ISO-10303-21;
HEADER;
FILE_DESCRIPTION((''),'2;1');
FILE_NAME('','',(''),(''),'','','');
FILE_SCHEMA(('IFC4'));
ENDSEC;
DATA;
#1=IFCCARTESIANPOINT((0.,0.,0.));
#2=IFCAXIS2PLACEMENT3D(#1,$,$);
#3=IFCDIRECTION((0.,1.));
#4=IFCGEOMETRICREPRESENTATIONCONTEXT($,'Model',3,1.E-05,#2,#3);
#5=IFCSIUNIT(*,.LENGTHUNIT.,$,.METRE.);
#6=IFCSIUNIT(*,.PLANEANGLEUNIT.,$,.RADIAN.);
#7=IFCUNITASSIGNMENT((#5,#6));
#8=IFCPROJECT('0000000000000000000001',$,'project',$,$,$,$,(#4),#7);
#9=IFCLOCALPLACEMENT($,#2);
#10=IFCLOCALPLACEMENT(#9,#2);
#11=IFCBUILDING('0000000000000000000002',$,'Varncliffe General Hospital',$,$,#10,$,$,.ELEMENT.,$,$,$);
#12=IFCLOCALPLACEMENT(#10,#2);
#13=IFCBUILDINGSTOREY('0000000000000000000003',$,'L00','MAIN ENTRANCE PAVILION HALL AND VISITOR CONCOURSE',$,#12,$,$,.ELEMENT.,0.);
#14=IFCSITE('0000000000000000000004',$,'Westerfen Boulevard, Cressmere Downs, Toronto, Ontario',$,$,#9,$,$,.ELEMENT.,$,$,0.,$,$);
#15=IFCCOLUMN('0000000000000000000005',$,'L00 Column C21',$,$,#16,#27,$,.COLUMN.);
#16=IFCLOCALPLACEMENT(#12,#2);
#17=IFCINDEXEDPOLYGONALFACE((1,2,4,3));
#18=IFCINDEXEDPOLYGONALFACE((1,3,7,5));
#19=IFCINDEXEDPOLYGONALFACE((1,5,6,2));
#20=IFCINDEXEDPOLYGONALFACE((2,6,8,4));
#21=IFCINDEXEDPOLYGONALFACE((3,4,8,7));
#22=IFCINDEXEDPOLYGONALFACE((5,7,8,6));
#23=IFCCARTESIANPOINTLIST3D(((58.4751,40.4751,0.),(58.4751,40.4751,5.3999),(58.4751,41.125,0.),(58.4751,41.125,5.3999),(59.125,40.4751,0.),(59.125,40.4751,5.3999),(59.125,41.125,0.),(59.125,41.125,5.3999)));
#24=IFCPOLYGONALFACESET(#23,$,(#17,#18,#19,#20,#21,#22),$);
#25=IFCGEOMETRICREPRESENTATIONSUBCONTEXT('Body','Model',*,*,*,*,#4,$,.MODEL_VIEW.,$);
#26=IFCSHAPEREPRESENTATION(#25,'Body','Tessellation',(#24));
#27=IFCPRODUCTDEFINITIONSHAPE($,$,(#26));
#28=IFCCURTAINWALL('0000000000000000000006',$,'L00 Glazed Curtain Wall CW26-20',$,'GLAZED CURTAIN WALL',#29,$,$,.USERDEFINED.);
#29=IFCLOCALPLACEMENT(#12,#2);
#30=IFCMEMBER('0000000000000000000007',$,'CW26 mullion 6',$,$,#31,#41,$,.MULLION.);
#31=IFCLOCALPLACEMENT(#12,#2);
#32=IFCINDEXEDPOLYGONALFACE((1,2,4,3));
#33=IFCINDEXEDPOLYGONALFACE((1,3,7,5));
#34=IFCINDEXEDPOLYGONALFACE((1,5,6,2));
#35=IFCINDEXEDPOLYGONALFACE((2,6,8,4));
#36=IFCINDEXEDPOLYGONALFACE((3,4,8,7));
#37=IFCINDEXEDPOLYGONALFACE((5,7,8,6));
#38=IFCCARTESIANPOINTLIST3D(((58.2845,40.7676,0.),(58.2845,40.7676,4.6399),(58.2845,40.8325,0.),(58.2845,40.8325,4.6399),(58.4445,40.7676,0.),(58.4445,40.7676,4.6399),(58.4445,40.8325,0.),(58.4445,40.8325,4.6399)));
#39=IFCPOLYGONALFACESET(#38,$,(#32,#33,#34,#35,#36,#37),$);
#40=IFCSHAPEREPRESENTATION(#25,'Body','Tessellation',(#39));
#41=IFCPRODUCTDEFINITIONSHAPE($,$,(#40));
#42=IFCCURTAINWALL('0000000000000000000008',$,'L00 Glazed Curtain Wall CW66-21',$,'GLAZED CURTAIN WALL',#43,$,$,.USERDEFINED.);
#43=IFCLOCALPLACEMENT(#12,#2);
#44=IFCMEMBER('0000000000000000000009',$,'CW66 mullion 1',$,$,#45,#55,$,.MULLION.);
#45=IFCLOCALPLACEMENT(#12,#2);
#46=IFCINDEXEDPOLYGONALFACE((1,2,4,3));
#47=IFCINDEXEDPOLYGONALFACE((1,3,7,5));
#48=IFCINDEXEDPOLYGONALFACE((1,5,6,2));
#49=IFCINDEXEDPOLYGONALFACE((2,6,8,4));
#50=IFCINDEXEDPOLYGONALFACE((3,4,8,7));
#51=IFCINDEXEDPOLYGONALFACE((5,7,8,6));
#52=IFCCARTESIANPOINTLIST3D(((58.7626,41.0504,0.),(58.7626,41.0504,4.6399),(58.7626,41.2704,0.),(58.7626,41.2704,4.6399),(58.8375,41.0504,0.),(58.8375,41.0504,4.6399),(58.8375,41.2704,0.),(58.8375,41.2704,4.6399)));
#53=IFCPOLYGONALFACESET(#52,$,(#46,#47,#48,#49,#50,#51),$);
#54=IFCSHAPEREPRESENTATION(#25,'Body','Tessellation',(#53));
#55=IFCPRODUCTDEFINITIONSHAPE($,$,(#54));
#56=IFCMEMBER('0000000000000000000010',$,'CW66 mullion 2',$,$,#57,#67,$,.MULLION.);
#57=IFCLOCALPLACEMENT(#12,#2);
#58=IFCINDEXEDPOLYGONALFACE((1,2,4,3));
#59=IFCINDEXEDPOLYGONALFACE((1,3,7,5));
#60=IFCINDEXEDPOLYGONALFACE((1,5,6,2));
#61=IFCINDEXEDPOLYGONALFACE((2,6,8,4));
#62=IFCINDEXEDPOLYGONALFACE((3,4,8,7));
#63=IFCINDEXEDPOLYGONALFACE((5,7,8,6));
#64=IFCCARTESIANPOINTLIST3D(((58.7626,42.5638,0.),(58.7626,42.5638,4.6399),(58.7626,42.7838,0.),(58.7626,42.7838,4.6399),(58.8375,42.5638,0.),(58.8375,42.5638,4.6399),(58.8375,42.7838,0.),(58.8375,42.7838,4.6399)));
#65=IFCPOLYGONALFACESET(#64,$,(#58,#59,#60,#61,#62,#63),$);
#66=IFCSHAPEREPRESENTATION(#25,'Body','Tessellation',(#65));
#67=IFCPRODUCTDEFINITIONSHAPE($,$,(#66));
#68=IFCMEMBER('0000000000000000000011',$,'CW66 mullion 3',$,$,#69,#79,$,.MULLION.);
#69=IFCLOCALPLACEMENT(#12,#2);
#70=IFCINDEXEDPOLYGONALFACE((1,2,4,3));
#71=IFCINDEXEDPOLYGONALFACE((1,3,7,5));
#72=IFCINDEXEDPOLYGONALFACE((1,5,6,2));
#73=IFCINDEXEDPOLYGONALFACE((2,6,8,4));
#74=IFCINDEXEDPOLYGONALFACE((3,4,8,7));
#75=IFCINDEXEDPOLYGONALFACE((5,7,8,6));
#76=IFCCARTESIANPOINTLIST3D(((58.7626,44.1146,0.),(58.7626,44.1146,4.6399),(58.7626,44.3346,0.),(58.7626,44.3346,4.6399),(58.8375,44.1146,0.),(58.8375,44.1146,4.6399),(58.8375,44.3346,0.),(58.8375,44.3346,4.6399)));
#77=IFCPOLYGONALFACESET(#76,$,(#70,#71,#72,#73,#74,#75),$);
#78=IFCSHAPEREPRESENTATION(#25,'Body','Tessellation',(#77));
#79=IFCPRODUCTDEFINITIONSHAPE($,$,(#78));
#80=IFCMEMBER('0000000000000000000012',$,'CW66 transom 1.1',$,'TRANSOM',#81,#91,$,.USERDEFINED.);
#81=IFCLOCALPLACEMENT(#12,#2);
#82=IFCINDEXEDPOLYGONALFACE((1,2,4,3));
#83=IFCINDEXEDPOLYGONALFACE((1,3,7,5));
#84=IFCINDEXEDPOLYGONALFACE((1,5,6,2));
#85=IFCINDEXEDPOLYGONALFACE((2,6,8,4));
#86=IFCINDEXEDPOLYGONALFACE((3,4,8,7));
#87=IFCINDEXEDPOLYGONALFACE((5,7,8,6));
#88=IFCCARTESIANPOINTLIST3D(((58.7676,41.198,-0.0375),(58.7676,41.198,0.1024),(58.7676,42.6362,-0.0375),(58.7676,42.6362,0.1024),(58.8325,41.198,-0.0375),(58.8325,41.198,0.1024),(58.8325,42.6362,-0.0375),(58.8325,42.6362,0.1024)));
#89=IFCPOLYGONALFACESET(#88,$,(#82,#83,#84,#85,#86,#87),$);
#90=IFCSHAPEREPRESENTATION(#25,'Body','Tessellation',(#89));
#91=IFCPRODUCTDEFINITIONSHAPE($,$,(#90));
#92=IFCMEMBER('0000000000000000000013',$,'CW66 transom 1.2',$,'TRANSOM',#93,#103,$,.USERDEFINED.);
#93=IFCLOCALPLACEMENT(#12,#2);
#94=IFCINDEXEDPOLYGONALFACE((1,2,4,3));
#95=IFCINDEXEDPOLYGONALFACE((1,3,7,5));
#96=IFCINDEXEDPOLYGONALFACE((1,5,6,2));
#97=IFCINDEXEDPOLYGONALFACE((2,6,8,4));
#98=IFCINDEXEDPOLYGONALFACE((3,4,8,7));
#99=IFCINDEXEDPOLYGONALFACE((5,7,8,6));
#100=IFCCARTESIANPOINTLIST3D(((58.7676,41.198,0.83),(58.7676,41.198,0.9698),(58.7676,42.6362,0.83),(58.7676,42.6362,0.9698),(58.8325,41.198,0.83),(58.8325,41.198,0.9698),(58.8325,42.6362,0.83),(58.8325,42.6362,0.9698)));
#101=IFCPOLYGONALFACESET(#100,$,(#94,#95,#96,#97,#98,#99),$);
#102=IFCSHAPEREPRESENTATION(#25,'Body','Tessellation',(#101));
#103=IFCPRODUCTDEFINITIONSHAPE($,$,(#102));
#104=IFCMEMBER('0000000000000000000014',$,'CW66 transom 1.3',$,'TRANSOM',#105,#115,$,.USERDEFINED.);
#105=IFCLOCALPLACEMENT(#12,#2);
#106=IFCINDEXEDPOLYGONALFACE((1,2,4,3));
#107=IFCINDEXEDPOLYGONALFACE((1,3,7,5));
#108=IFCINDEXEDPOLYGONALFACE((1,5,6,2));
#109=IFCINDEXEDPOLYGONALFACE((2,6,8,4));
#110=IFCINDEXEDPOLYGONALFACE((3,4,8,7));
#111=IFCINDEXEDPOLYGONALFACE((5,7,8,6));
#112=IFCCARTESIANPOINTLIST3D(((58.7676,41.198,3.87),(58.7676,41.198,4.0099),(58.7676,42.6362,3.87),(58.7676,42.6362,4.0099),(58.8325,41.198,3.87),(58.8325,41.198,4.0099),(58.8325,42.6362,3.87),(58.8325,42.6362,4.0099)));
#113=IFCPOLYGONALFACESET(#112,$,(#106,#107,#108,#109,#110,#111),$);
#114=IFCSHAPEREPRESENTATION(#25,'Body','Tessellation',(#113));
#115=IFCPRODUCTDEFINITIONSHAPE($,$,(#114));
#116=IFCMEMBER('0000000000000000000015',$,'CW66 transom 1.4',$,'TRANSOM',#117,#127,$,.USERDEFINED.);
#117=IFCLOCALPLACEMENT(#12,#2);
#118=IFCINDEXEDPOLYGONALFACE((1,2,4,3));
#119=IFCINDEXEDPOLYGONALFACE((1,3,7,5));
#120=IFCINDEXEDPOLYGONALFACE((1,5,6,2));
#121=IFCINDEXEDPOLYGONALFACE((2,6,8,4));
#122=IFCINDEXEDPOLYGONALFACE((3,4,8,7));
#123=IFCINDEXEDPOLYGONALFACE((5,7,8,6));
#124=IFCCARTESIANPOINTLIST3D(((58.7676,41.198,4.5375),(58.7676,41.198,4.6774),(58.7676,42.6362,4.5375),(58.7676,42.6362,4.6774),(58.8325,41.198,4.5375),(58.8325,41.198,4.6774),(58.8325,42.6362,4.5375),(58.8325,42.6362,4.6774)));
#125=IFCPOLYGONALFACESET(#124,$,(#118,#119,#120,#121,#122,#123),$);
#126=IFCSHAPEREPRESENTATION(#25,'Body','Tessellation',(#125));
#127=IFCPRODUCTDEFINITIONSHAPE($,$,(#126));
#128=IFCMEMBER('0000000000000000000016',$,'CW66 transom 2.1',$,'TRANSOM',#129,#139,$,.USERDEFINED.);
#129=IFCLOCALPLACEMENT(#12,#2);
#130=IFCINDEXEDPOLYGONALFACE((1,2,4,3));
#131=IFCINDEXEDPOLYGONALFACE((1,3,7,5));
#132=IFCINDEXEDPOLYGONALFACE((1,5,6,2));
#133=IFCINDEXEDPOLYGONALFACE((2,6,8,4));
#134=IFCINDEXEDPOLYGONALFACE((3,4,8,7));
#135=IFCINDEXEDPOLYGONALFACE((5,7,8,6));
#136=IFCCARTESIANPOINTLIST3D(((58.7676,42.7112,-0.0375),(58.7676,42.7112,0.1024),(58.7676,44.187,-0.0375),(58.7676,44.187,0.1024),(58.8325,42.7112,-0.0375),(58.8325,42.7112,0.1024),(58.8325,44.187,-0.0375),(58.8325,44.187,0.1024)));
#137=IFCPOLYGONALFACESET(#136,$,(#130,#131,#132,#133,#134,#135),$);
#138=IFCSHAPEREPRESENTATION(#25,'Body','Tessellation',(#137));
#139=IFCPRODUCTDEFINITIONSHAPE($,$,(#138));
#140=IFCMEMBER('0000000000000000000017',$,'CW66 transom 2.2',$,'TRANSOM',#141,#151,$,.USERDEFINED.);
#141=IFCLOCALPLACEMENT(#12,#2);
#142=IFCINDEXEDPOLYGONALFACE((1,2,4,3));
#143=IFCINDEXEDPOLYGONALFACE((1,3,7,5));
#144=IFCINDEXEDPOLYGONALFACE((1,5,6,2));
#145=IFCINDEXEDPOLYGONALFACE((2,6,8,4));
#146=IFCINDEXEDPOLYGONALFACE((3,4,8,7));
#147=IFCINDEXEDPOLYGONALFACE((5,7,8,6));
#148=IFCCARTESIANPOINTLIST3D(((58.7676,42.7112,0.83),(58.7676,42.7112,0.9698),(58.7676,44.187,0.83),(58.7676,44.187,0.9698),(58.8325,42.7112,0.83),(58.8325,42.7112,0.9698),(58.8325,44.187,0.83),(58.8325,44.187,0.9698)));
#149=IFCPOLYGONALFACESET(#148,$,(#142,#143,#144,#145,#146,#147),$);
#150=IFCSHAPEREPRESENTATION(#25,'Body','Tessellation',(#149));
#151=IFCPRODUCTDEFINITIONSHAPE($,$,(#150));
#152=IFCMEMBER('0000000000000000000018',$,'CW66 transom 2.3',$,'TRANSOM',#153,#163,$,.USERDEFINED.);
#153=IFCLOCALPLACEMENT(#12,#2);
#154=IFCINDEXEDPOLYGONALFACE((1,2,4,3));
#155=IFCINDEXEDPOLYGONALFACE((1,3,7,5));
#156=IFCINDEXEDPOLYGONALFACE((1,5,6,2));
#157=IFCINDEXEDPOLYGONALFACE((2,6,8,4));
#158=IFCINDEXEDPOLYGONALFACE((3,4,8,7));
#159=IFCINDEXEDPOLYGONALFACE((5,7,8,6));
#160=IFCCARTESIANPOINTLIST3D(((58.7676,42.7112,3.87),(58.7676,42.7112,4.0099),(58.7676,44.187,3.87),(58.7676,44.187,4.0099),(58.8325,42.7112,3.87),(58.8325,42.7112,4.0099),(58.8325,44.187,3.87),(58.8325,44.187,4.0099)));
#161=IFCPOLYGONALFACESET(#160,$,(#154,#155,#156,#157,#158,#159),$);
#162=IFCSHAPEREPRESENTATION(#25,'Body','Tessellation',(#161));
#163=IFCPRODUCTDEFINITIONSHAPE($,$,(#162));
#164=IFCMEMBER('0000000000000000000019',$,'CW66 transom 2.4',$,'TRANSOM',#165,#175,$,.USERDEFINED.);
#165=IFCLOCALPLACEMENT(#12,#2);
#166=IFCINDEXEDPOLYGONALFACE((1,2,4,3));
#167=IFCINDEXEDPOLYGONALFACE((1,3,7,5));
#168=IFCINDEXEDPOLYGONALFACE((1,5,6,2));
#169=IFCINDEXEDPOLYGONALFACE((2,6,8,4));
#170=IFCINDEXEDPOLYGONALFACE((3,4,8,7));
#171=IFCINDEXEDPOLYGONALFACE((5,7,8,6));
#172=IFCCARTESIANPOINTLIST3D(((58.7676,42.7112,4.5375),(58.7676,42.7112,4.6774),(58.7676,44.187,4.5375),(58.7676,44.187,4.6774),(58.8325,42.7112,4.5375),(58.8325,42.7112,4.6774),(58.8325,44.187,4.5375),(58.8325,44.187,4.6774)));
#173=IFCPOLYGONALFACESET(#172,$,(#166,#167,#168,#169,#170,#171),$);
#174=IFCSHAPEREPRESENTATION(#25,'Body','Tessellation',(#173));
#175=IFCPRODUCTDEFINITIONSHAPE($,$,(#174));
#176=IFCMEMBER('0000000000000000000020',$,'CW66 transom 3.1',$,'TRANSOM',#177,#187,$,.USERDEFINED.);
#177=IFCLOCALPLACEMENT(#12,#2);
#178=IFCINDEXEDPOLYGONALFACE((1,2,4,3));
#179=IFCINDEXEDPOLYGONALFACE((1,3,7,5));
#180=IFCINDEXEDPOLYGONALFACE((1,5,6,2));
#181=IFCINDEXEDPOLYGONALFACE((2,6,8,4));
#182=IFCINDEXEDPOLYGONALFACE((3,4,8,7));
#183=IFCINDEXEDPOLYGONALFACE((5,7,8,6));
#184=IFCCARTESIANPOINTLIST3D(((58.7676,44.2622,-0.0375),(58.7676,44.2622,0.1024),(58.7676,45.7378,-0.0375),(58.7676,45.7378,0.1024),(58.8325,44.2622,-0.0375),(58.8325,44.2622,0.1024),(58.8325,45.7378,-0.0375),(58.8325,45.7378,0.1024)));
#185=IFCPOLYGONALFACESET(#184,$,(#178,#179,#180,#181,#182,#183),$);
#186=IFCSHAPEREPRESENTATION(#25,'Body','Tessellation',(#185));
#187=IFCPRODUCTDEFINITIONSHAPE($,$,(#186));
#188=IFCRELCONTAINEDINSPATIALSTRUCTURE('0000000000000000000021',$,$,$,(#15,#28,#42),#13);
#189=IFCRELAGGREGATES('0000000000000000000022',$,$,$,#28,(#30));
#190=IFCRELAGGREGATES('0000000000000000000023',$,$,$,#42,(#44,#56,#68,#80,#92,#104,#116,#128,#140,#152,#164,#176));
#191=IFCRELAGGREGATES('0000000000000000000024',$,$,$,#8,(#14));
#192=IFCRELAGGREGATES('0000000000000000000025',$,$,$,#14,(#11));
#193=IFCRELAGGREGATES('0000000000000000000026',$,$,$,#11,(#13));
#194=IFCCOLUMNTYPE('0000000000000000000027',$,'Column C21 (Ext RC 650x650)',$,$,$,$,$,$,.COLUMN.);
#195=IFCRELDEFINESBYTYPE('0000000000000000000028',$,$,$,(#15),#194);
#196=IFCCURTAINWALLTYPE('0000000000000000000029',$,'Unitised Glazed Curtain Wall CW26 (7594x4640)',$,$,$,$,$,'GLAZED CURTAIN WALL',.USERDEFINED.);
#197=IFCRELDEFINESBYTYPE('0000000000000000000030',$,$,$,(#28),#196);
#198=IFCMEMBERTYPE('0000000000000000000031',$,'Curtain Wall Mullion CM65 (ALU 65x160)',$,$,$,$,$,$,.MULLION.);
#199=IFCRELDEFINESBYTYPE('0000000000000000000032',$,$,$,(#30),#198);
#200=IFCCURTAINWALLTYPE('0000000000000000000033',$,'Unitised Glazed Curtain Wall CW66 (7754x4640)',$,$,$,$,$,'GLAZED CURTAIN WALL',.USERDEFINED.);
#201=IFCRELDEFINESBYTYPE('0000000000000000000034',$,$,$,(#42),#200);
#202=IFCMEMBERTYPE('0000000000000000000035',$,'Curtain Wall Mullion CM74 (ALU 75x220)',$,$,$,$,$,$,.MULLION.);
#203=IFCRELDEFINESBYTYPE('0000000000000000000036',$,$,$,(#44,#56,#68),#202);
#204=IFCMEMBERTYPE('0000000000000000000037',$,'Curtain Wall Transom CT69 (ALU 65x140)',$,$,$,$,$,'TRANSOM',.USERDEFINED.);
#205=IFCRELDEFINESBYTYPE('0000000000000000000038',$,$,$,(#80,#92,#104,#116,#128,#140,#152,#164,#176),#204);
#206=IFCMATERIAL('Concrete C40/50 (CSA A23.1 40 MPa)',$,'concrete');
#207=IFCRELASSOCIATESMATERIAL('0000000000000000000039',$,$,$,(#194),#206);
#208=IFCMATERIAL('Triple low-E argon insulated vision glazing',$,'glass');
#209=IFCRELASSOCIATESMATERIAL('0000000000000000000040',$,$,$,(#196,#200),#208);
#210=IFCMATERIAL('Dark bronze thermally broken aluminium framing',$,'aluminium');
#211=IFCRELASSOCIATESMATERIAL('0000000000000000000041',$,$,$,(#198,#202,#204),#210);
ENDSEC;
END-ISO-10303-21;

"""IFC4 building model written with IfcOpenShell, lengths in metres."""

from ifc_helpers import new_model, si_unit, direction, frame, origin, origin_2d, place, context, subcontext, project, spatial, rectangle, extrude, material, material_profile, profile_set, type_object, element, aggregate, save


model = new_model("IFC4")

# Units and contexts
model_context = context("Model", 3, precision=1e-05, world=origin(), true_north=direction((0.0, 1.0)))
body_context = subcontext(model_context, "Body", "Model", "MODEL_VIEW")
ifc_project = project(units=[si_unit("LENGTHUNIT", "METRE"), si_unit("PLANEANGLEUNIT", "RADIAN")], contexts=[model_context])

# Site, building, storey
site_placement = place(None, origin())
site = spatial("IfcSite", under=ifc_project, at=site_placement, Name="Westerfen Boulevard, Cressmere Downs, Toronto, Ontario", CompositionType="ELEMENT", RefElevation=0.0)
building_placement = place(site_placement, origin())
building = spatial("IfcBuilding", under=site, at=building_placement, Name="Varncliffe General Hospital", CompositionType="ELEMENT")
storey_placement = place(building_placement, origin())
storey = spatial("IfcBuildingStorey", under=building, at=storey_placement, Name="L00", Description="MAIN ENTRANCE PAVILION HALL AND VISITOR CONCOURSE", CompositionType="ELEMENT", Elevation=0.0)

# Column
ifc_material_1 = material(Name="Concrete C40/50 (CSA A23.1 40 MPa)", Category="concrete")
ifc_material_profile_1 = material_profile(ifc_material_1, rectangle(XDim=0.6499, YDim=0.6499, at=origin_2d()), Name="RC 650x650")
ifc_profile_set_1 = profile_set([ifc_material_profile_1], Name="Concrete C40/50 (CSA A23.1 40 MPa)")
column_type = type_object("IfcColumnType", Name="Column C21 (Ext RC 650x650)", PredefinedType="COLUMN", material=ifc_profile_set_1)
column_placement = place(storey_placement, frame((58.8, 40.8, 0.0), z_axis=(0.0, 0.0, 1.0), x_axis=(1.0, 0.0, 0.0)))
element("IfcColumn", 1, at=column_placement, inside=storey, type_object=column_type, Name="L00 Column C21", PredefinedType="COLUMN", context=body_context, shape_type="SweptSolid", body=[
    extrude(rectangle(XDim=0.6499, YDim=0.6499, at=origin_2d()), origin(), (0.0, 0.0, 1.0), 5.3999),
])

# Curtain wall, member
ifc_material_2 = material(Name="Triple low-E argon insulated vision glazing", Category="glass")
curtain_wall_type_1 = type_object("IfcCurtainWallType", Name="Unitised Glazed Curtain Wall CW26 (7594x4640)", ElementType="GLAZED CURTAIN WALL", PredefinedType="USERDEFINED", material=ifc_material_2)
curtain_wall_1_placement = place(storey_placement, origin())
curtain_wall_1 = element("IfcCurtainWall", 2, at=curtain_wall_1_placement, inside=storey, type_object=curtain_wall_type_1, Name="L00 Glazed Curtain Wall CW26-20", ObjectType="GLAZED CURTAIN WALL", PredefinedType="USERDEFINED")
ifc_material_3 = material(Name="Dark bronze thermally broken aluminium framing", Category="aluminium")
ifc_material_profile_2 = material_profile(ifc_material_3, rectangle(XDim=0.0649, YDim=0.1599, at=origin_2d()), Name="ALU 65x160")
ifc_profile_set_2 = profile_set([ifc_material_profile_2], Name="Dark bronze thermally broken aluminium framing")
member_type_1 = type_object("IfcMemberType", Name="Curtain Wall Mullion CM65 (ALU 65x160)", PredefinedType="MULLION", material=ifc_profile_set_2)
member_1_placement = place(storey_placement, frame((58.3645, 40.8, 0.0), z_axis=(0.0, 0.0, 1.0), x_axis=(0.0, 1.0, 0.0)))
member_1 = element("IfcMember", 3, at=member_1_placement, type_object=member_type_1, Name="CW26 mullion 6", PredefinedType="MULLION", context=body_context, shape_type="SweptSolid", body=[
    extrude(rectangle(XDim=0.0649, YDim=0.1599, at=origin_2d()), origin(), (0.0, 0.0, 1.0), 4.6399),
])

# Curtain wall, members
curtain_wall_type_2 = type_object("IfcCurtainWallType", Name="Unitised Glazed Curtain Wall CW66 (7754x4640)", ElementType="GLAZED CURTAIN WALL", PredefinedType="USERDEFINED", material=ifc_material_2)
curtain_wall_2_placement = place(storey_placement, origin())
curtain_wall_2 = element("IfcCurtainWall", 4, at=curtain_wall_2_placement, inside=storey, type_object=curtain_wall_type_2, Name="L00 Glazed Curtain Wall CW66-21", ObjectType="GLAZED CURTAIN WALL", PredefinedType="USERDEFINED")
ifc_material_profile_3 = material_profile(ifc_material_3, rectangle(XDim=0.075, YDim=0.22, at=origin_2d()), Name="ALU 75x220")
ifc_profile_set_3 = profile_set([ifc_material_profile_3], Name="Dark bronze thermally broken aluminium framing")
member_type_2 = type_object("IfcMemberType", Name="Curtain Wall Mullion CM74 (ALU 75x220)", PredefinedType="MULLION", material=ifc_profile_set_3)
member_2_placement = place(storey_placement, frame((58.8, 41.1604, 0.0), z_axis=(0.0, 0.0, 1.0), x_axis=(-1.0, 0.0, 0.0)))
member_2 = element("IfcMember", 5, at=member_2_placement, type_object=member_type_2, Name="CW66 mullion 1", PredefinedType="MULLION", context=body_context, shape_type="SweptSolid", body=[
    extrude(rectangle(XDim=0.075, YDim=0.22, at=origin_2d()), origin(), (0.0, 0.0, 1.0), 4.6399),
])
member_3_placement = place(storey_placement, frame((58.8, 42.6738, 0.0), z_axis=(0.0, 0.0, 1.0), x_axis=(-1.0, 0.0, 0.0)))
member_3 = element("IfcMember", 6, at=member_3_placement, type_object=member_type_2, Name="CW66 mullion 2", PredefinedType="MULLION", context=body_context, shape_type="SweptSolid", body=[
    extrude(rectangle(XDim=0.075, YDim=0.22, at=origin_2d()), origin(), (0.0, 0.0, 1.0), 4.6399),
])
member_4_placement = place(storey_placement, frame((58.8, 44.2246, 0.0), z_axis=(0.0, 0.0, 1.0), x_axis=(-1.0, 0.0, 0.0)))
member_4 = element("IfcMember", 7, at=member_4_placement, type_object=member_type_2, Name="CW66 mullion 3", PredefinedType="MULLION", context=body_context, shape_type="SweptSolid", body=[
    extrude(rectangle(XDim=0.075, YDim=0.22, at=origin_2d()), origin(), (0.0, 0.0, 1.0), 4.6399),
])
ifc_material_profile_4 = material_profile(ifc_material_3, rectangle(XDim=0.0649, YDim=0.1399, at=origin_2d()), Name="ALU 65x140")
ifc_profile_set_4 = profile_set([ifc_material_profile_4], Name="Dark bronze thermally broken aluminium framing")
member_type_3 = type_object("IfcMemberType", Name="Curtain Wall Transom CT69 (ALU 65x140)", ElementType="TRANSOM", PredefinedType="USERDEFINED", material=ifc_profile_set_4)
member_5_placement = place(storey_placement, frame((58.8, 41.198, 0.0325), z_axis=(0.0, 1.0, 0.0), x_axis=(-1.0, 0.0, 0.0)))
member_5 = element("IfcMember", 8, at=member_5_placement, type_object=member_type_3, Name="CW66 transom 1.1", ObjectType="TRANSOM", PredefinedType="USERDEFINED", context=body_context, shape_type="SweptSolid", body=[
    extrude(rectangle(XDim=0.0649, YDim=0.1399, at=origin_2d()), origin(), (0.0, 0.0, 1.0), 1.4382),
])
member_6_placement = place(storey_placement, frame((58.8, 41.198, 0.8999), z_axis=(0.0, 1.0, 0.0), x_axis=(-1.0, 0.0, 0.0)))
member_6 = element("IfcMember", 9, at=member_6_placement, type_object=member_type_3, Name="CW66 transom 1.2", ObjectType="TRANSOM", PredefinedType="USERDEFINED", context=body_context, shape_type="SweptSolid", body=[
    extrude(rectangle(XDim=0.0649, YDim=0.1399, at=origin_2d()), origin(), (0.0, 0.0, 1.0), 1.4382),
])
member_7_placement = place(storey_placement, frame((58.8, 41.198, 3.9399), z_axis=(0.0, 1.0, 0.0), x_axis=(-1.0, 0.0, 0.0)))
member_7 = element("IfcMember", 10, at=member_7_placement, type_object=member_type_3, Name="CW66 transom 1.3", ObjectType="TRANSOM", PredefinedType="USERDEFINED", context=body_context, shape_type="SweptSolid", body=[
    extrude(rectangle(XDim=0.0649, YDim=0.1399, at=origin_2d()), origin(), (0.0, 0.0, 1.0), 1.4382),
])
member_8_placement = place(storey_placement, frame((58.8, 41.198, 4.6074), z_axis=(0.0, 1.0, 0.0), x_axis=(-1.0, 0.0, 0.0)))
member_8 = element("IfcMember", 11, at=member_8_placement, type_object=member_type_3, Name="CW66 transom 1.4", ObjectType="TRANSOM", PredefinedType="USERDEFINED", context=body_context, shape_type="SweptSolid", body=[
    extrude(rectangle(XDim=0.0649, YDim=0.1399, at=origin_2d()), origin(), (0.0, 0.0, 1.0), 1.4382),
])
member_9_placement = place(storey_placement, frame((58.8, 42.7112, 0.0325), z_axis=(0.0, 1.0, 0.0), x_axis=(-1.0, 0.0, 0.0)))
member_9 = element("IfcMember", 12, at=member_9_placement, type_object=member_type_3, Name="CW66 transom 2.1", ObjectType="TRANSOM", PredefinedType="USERDEFINED", context=body_context, shape_type="SweptSolid", body=[
    extrude(rectangle(XDim=0.0649, YDim=0.1399, at=origin_2d()), origin(), (0.0, 0.0, 1.0), 1.4758),
])
member_10_placement = place(storey_placement, frame((58.8, 42.7112, 0.8999), z_axis=(0.0, 1.0, 0.0), x_axis=(-1.0, 0.0, 0.0)))
member_10 = element("IfcMember", 13, at=member_10_placement, type_object=member_type_3, Name="CW66 transom 2.2", ObjectType="TRANSOM", PredefinedType="USERDEFINED", context=body_context, shape_type="SweptSolid", body=[
    extrude(rectangle(XDim=0.0649, YDim=0.1399, at=origin_2d()), origin(), (0.0, 0.0, 1.0), 1.4758),
])
member_11_placement = place(storey_placement, frame((58.8, 42.7112, 3.9399), z_axis=(0.0, 1.0, 0.0), x_axis=(-1.0, 0.0, 0.0)))
member_11 = element("IfcMember", 14, at=member_11_placement, type_object=member_type_3, Name="CW66 transom 2.3", ObjectType="TRANSOM", PredefinedType="USERDEFINED", context=body_context, shape_type="SweptSolid", body=[
    extrude(rectangle(XDim=0.0649, YDim=0.1399, at=origin_2d()), origin(), (0.0, 0.0, 1.0), 1.4758),
])
member_12_placement = place(storey_placement, frame((58.8, 42.7112, 4.6074), z_axis=(0.0, 1.0, 0.0), x_axis=(-1.0, 0.0, 0.0)))
member_12 = element("IfcMember", 15, at=member_12_placement, type_object=member_type_3, Name="CW66 transom 2.4", ObjectType="TRANSOM", PredefinedType="USERDEFINED", context=body_context, shape_type="SweptSolid", body=[
    extrude(rectangle(XDim=0.0649, YDim=0.1399, at=origin_2d()), origin(), (0.0, 0.0, 1.0), 1.4758),
])
member_13_placement = place(storey_placement, frame((58.8, 44.2622, 0.0325), z_axis=(0.0, 1.0, 0.0), x_axis=(-1.0, 0.0, 0.0)))
member_13 = element("IfcMember", 16, at=member_13_placement, type_object=member_type_3, Name="CW66 transom 3.1", ObjectType="TRANSOM", PredefinedType="USERDEFINED", context=body_context, shape_type="SweptSolid", body=[
    extrude(rectangle(XDim=0.0649, YDim=0.1399, at=origin_2d()), origin(), (0.0, 0.0, 1.0), 1.4756),
])

aggregate(curtain_wall_1, [member_1])
aggregate(curtain_wall_2, [member_2, member_3, member_4, member_5, member_6, member_7, member_8, member_9, member_10, member_11, member_12, member_13])

save(model, "model.ifc")
